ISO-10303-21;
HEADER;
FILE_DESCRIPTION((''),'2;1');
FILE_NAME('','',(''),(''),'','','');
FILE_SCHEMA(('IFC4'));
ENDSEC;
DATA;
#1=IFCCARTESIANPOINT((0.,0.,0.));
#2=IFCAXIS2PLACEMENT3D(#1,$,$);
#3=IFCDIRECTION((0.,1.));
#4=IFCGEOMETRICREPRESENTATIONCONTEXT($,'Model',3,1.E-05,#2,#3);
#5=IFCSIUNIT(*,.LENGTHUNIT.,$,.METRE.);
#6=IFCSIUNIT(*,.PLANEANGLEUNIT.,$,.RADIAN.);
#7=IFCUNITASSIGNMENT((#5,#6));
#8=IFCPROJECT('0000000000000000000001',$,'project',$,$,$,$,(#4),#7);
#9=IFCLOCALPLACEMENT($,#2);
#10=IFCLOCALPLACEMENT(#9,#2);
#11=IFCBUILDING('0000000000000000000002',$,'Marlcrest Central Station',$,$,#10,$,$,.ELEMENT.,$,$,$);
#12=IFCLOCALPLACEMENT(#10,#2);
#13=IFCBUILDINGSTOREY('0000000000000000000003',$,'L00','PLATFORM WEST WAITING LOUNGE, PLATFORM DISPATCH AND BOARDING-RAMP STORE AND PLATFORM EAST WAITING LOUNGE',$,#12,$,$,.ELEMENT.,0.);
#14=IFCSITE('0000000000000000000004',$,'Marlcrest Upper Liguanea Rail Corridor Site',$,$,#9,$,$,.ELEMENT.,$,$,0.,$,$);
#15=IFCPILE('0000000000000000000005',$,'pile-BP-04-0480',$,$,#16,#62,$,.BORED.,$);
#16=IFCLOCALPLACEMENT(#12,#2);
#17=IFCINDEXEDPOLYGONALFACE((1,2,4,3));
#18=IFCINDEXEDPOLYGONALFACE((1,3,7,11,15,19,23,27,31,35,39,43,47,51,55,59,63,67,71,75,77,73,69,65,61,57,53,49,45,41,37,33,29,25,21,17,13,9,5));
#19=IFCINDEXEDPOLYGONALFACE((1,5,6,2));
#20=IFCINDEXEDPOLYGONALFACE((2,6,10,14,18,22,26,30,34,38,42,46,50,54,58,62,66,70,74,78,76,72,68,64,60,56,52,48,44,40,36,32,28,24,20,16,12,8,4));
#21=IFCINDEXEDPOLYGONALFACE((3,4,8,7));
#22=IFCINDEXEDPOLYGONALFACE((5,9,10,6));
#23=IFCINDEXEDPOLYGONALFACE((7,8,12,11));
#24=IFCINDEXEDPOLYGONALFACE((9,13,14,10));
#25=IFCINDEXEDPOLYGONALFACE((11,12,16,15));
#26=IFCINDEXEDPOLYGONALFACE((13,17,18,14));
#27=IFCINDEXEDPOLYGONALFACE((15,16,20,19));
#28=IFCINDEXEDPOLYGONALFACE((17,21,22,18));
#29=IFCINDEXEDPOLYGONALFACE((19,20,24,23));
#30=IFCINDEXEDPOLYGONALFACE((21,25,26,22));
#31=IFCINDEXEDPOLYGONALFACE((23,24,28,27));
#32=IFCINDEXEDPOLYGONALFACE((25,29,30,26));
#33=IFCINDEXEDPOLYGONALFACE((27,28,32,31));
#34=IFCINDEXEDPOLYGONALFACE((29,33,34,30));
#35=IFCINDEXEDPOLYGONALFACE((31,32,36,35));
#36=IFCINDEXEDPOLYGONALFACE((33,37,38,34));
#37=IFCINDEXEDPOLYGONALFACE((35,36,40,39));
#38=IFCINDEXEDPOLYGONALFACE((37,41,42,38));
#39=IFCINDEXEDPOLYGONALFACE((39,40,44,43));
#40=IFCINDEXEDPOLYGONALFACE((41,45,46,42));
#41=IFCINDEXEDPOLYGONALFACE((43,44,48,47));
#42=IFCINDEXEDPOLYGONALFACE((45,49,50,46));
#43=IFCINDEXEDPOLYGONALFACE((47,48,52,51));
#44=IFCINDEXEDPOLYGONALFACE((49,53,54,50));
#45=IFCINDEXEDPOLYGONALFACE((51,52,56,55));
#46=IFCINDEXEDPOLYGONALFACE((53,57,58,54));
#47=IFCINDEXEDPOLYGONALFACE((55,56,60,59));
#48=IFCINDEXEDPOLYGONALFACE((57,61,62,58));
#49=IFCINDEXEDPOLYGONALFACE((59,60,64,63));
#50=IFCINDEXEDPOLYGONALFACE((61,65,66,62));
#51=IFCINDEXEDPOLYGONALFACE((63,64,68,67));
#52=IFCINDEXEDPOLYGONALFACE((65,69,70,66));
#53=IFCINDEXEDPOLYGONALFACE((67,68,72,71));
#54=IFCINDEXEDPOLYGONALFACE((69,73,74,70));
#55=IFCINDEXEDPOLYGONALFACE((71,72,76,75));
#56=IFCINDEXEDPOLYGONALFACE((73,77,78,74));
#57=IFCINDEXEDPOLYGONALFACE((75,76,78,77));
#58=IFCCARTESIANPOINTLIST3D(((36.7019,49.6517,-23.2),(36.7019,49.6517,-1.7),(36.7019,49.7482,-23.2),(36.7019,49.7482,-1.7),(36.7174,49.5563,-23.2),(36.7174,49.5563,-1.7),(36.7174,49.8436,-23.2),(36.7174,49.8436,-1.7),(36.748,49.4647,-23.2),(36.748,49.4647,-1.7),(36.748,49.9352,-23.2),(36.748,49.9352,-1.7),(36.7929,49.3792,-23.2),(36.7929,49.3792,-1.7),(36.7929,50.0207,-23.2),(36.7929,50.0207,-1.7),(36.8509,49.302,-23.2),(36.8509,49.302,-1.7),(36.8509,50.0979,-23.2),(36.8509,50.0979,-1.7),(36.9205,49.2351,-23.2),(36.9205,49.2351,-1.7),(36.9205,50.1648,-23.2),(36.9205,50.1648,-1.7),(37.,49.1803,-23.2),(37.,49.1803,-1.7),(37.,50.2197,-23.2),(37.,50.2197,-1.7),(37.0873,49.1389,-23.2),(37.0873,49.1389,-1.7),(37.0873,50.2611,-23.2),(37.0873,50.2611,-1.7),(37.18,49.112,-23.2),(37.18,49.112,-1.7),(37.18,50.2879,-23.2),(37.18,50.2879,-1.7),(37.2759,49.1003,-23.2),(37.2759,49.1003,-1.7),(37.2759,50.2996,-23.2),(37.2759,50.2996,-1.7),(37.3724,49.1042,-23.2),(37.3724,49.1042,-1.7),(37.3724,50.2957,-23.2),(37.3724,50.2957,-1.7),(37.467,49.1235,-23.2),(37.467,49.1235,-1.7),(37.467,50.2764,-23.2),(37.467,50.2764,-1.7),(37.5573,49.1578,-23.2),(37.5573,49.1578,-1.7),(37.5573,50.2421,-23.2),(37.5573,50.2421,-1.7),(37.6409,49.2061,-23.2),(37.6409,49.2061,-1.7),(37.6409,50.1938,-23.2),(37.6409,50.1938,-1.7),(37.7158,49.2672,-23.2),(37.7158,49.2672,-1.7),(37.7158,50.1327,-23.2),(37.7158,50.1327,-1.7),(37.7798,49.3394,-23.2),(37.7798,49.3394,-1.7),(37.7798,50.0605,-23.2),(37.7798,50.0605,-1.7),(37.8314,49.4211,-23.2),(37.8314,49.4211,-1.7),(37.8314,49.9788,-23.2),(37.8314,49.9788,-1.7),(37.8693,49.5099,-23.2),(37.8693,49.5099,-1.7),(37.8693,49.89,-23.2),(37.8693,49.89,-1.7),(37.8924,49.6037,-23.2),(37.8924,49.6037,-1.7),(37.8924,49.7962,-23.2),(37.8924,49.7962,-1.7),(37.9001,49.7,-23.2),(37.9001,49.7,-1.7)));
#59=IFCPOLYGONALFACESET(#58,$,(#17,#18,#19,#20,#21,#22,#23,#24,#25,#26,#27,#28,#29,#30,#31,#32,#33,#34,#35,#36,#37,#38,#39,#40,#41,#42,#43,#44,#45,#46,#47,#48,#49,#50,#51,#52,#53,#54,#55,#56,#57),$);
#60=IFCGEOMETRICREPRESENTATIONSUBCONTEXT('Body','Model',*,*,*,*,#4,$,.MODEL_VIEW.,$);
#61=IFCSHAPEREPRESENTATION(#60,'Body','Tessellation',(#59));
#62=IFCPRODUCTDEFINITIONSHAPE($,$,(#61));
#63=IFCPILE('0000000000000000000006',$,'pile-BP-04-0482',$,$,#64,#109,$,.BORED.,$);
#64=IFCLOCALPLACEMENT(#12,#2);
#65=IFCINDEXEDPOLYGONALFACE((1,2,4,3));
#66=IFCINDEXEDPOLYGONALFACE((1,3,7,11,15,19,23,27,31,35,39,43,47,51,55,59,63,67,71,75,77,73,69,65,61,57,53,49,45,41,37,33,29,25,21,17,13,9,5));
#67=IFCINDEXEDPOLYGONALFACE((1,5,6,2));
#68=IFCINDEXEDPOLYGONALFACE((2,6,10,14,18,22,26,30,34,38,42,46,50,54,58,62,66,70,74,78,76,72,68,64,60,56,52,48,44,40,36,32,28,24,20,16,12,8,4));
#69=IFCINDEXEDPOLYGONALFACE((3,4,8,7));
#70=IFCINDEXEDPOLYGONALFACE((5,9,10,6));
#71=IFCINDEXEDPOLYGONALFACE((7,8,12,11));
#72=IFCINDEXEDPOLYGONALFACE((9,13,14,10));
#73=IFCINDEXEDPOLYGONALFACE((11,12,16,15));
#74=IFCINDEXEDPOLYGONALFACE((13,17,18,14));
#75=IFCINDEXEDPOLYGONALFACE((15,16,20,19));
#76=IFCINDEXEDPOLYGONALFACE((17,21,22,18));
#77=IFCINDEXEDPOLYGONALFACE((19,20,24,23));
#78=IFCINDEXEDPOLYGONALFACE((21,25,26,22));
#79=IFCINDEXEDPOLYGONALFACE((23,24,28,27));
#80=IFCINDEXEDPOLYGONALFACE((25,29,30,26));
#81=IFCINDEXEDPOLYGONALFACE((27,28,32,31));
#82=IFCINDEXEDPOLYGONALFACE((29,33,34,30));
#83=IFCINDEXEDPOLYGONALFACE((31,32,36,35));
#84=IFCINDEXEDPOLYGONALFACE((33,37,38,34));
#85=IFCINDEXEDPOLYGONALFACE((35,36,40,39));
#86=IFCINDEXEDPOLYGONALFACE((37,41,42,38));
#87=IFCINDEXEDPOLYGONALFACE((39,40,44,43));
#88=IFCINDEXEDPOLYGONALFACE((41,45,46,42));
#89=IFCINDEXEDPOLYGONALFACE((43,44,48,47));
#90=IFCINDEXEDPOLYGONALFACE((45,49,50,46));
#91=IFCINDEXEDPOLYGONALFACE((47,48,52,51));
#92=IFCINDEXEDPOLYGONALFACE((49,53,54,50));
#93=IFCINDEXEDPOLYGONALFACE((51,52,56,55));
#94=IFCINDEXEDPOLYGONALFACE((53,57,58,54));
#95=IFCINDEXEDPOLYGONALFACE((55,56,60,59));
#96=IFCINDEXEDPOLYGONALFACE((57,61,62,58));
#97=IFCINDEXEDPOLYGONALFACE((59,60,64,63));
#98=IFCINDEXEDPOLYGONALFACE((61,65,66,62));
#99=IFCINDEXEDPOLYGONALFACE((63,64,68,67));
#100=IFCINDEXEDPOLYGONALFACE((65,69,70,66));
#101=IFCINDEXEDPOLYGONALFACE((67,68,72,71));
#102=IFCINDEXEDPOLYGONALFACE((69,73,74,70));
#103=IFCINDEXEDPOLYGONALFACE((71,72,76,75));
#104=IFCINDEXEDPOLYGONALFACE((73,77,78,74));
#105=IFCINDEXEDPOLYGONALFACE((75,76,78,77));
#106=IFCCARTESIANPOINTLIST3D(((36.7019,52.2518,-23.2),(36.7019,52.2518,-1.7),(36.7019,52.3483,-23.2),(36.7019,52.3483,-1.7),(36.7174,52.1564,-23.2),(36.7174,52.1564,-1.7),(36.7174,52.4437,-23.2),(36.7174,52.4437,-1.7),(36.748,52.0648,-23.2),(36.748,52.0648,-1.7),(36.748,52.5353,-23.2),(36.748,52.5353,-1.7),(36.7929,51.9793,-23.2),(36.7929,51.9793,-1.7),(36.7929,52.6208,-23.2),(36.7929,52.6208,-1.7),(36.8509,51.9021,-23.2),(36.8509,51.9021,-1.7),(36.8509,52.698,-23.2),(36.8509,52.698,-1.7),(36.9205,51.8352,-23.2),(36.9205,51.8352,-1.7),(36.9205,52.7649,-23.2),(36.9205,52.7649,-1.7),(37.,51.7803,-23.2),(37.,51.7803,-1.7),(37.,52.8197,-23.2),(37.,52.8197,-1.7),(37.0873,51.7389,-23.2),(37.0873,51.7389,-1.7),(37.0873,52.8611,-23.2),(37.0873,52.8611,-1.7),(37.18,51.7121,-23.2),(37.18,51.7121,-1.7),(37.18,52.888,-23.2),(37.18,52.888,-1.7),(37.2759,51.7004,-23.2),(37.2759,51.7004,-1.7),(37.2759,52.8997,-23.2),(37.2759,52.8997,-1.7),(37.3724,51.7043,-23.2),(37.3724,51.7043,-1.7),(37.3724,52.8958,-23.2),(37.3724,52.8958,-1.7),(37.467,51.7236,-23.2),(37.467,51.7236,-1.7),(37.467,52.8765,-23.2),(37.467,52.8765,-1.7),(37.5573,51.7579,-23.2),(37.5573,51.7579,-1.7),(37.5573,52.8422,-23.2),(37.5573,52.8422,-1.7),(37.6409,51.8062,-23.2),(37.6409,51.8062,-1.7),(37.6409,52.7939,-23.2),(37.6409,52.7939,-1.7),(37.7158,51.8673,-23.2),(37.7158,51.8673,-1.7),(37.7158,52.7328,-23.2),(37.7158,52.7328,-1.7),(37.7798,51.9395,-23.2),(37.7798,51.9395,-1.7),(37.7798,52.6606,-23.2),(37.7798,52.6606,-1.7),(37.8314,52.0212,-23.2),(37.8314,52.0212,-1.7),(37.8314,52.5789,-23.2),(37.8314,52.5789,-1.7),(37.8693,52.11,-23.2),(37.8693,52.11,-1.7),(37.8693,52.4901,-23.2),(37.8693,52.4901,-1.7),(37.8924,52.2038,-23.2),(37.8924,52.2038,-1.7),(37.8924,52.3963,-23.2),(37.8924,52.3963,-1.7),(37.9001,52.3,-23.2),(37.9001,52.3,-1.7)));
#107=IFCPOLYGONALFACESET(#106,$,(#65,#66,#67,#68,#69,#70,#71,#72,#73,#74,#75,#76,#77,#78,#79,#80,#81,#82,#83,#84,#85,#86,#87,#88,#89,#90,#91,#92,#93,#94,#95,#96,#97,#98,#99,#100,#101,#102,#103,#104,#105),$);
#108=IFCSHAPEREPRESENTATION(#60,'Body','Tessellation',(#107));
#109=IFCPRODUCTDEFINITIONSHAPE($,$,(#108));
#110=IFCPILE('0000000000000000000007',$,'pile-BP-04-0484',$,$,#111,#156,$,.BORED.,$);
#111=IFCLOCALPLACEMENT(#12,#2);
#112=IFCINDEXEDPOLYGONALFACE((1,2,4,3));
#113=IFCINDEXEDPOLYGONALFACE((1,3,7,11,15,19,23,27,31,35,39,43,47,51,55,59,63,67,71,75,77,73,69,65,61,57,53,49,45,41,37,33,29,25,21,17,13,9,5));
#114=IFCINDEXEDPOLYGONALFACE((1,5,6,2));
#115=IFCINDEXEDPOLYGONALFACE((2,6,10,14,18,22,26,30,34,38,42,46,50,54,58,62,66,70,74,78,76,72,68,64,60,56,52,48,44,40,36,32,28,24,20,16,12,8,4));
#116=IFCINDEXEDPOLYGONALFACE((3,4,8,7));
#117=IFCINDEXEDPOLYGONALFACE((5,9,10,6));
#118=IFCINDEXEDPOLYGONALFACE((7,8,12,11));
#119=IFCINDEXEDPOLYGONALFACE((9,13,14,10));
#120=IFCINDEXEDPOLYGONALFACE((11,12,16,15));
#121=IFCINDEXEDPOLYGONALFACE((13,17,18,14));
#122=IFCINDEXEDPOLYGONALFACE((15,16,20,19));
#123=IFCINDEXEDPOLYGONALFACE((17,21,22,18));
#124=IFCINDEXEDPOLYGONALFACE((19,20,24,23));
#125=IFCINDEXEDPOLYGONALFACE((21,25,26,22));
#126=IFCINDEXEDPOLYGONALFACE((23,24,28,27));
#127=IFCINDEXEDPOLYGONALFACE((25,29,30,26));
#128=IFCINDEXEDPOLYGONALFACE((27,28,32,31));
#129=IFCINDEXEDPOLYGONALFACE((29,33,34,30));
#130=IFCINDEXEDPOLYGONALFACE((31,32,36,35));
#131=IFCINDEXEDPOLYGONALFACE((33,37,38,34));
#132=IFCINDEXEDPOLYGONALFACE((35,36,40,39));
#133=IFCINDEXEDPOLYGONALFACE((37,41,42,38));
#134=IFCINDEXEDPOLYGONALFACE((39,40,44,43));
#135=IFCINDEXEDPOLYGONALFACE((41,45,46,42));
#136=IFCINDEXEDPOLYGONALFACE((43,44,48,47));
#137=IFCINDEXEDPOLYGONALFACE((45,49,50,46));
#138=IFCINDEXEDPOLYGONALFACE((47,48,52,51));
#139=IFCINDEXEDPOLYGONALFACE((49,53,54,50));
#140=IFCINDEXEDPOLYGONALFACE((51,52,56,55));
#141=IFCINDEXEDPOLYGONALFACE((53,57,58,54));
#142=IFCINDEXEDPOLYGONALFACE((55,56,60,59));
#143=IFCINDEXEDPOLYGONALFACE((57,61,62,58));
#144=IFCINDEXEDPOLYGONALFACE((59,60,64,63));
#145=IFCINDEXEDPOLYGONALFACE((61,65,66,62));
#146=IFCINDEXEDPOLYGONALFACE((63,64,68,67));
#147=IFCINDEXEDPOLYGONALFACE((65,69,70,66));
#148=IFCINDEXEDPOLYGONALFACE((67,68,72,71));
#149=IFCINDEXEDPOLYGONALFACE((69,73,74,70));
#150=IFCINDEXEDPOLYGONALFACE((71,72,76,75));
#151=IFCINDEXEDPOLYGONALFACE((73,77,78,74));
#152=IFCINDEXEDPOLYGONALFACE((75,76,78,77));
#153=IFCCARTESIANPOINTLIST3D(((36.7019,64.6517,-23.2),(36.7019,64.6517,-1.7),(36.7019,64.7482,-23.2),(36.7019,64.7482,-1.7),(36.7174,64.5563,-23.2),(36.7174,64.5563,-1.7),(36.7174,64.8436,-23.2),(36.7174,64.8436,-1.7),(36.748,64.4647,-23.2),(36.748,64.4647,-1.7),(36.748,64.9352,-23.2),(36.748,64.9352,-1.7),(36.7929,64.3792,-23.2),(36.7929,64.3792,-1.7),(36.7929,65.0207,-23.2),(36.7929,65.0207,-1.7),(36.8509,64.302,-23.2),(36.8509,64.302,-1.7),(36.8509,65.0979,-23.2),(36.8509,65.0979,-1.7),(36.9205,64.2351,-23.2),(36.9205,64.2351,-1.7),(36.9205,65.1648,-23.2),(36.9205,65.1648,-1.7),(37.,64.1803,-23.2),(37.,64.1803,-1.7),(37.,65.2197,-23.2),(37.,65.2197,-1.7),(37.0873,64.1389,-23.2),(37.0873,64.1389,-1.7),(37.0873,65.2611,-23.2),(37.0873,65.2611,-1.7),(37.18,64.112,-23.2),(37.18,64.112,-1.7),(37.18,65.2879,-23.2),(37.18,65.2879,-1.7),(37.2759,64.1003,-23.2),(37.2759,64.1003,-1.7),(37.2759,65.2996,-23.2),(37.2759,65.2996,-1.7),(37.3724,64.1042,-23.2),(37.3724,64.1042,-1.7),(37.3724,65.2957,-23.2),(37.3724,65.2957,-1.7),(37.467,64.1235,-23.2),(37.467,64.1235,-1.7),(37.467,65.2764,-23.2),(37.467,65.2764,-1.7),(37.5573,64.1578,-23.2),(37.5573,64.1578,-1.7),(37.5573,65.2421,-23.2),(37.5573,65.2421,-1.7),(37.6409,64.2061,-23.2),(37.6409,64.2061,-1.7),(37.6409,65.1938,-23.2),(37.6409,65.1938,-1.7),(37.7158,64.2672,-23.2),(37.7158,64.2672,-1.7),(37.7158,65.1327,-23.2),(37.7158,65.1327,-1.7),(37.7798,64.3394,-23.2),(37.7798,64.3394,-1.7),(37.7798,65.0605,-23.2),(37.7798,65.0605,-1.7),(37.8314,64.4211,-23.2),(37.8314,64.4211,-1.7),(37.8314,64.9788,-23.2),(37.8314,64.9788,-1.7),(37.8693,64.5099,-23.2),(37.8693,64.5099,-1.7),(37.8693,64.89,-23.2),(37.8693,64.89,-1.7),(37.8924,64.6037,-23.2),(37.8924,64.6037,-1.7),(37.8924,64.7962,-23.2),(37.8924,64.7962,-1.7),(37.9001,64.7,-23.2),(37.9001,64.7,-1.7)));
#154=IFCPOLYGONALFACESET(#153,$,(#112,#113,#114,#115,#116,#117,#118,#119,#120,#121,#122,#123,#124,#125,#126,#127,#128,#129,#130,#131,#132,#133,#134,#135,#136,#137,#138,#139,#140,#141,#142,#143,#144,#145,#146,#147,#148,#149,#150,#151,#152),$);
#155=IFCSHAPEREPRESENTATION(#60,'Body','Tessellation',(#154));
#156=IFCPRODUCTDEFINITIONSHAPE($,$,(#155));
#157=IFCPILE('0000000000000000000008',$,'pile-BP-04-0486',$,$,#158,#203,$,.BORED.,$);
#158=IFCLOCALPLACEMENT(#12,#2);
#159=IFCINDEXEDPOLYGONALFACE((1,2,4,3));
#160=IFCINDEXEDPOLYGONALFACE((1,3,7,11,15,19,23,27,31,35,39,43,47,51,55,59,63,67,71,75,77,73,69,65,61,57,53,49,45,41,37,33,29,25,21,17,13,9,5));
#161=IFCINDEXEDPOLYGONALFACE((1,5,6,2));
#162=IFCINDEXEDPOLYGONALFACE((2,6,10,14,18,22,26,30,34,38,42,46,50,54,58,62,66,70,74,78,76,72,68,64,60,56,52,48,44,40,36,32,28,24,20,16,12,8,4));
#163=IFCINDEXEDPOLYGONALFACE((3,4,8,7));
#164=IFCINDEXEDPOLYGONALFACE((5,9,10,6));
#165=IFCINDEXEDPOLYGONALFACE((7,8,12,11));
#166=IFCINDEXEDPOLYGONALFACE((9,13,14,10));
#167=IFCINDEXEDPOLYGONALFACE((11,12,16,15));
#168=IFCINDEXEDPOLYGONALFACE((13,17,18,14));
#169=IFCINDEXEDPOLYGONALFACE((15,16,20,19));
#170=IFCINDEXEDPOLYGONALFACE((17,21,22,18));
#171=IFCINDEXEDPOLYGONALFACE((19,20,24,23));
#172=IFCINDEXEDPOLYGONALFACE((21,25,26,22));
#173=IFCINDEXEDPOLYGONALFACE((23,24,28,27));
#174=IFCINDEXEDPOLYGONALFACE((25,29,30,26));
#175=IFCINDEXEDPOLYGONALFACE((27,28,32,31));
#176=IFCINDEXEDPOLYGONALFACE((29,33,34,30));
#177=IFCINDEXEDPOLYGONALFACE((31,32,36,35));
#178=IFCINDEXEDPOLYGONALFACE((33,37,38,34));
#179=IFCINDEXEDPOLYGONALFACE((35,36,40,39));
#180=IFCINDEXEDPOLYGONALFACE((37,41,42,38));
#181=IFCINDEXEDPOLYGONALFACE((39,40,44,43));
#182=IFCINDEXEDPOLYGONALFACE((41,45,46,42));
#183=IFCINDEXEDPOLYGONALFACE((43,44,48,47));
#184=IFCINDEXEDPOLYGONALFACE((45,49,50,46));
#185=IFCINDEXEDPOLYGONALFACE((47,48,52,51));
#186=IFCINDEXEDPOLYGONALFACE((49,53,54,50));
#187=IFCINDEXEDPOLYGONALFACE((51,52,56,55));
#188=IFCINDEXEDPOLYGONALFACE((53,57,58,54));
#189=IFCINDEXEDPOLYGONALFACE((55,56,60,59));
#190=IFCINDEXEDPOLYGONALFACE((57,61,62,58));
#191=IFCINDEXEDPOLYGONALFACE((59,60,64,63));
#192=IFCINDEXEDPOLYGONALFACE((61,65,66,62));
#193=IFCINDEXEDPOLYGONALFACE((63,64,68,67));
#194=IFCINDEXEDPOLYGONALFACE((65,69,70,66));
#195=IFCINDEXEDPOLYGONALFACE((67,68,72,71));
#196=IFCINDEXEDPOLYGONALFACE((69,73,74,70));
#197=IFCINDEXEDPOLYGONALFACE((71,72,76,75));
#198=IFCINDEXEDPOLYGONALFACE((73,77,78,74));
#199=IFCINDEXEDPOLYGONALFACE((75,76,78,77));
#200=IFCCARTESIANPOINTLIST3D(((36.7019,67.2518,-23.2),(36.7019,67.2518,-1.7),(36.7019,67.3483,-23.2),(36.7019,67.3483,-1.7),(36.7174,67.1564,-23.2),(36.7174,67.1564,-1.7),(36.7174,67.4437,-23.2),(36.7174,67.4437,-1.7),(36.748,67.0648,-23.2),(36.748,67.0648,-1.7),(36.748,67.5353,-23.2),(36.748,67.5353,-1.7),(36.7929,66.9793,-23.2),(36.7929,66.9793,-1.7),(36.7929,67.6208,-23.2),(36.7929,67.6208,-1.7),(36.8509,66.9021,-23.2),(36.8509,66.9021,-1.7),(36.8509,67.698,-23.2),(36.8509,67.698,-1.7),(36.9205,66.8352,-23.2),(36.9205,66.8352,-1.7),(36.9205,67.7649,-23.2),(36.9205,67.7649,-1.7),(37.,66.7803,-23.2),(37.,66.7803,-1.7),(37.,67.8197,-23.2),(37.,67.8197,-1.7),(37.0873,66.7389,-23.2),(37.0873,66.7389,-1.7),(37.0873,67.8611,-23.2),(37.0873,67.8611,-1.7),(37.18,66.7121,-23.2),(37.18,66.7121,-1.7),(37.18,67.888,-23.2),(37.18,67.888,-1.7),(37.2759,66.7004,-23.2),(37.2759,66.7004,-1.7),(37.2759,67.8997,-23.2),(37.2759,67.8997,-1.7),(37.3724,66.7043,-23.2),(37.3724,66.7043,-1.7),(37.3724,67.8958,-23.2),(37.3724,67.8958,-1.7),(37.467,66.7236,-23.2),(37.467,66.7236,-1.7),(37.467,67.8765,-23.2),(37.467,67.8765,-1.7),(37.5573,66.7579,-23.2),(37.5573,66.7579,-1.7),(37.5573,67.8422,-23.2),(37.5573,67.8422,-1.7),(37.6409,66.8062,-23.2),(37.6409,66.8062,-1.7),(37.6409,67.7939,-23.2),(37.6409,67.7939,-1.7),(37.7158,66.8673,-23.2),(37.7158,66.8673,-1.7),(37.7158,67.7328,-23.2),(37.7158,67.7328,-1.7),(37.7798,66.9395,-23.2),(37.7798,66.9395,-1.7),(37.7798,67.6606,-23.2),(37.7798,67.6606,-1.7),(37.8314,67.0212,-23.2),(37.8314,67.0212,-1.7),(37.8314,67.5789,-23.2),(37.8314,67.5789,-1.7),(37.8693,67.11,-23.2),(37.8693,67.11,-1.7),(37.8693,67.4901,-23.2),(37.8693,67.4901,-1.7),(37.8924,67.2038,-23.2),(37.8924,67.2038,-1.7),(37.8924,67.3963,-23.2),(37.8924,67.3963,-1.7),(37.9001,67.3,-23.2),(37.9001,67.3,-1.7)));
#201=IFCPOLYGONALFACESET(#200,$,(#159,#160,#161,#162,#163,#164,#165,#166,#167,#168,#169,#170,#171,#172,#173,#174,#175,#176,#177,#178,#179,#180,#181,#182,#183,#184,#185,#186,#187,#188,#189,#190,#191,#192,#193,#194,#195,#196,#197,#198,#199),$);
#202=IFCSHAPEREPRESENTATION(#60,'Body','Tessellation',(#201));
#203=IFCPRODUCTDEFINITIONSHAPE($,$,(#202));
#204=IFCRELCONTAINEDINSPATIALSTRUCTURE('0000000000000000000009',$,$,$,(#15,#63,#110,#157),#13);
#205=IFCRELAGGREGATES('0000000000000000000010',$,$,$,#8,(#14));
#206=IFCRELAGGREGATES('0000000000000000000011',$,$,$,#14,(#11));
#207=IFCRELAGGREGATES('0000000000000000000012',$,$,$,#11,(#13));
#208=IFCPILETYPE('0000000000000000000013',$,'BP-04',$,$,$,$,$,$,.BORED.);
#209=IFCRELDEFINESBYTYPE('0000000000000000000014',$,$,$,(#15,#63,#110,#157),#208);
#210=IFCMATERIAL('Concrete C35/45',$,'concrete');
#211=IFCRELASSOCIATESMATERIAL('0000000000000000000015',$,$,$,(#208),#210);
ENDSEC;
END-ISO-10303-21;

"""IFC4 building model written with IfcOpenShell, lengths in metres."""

from ifc_helpers import new_model, si_unit, direction, frame, origin, origin_2d, place, context, subcontext, project, spatial, circle, extrude, material, material_profile, profile_set, type_object, element, save


model = new_model("IFC4")

# Units and contexts
model_context = context("Model", 3, precision=1e-05, world=origin(), true_north=direction((0.0, 1.0)))
body_context = subcontext(model_context, "Body", "Model", "MODEL_VIEW")
ifc_project = project(units=[si_unit("LENGTHUNIT", "METRE"), si_unit("PLANEANGLEUNIT", "RADIAN")], contexts=[model_context])

# Site, building, storey
site_placement = place(None, origin())
site = spatial("IfcSite", under=ifc_project, at=site_placement, Name="Marlcrest Upper Liguanea Rail Corridor Site", CompositionType="ELEMENT", RefElevation=0.0)
building_placement = place(site_placement, origin())
building = spatial("IfcBuilding", under=site, at=building_placement, Name="Marlcrest Central Station", CompositionType="ELEMENT")
storey_placement = place(building_placement, origin())
storey = spatial("IfcBuildingStorey", under=building, at=storey_placement, Name="L00", Description="PLATFORM WEST WAITING LOUNGE, PLATFORM DISPATCH AND BOARDING-RAMP STORE AND PLATFORM EAST WAITING LOUNGE", CompositionType="ELEMENT", Elevation=0.0)

# Piles
ifc_material_1 = material(Name="Concrete C35/45", Category="concrete")
ifc_material_profile_1 = material_profile(ifc_material_1, circle(Radius=0.6001, at=origin_2d()), Name="PILE D1200")
ifc_profile_set_1 = profile_set([ifc_material_profile_1], Name="Concrete C35/45")
pile_type = type_object("IfcPileType", Name="BP-04", PredefinedType="BORED", material=ifc_profile_set_1)
for number, where, z_axis, x_axis, name in (
    (1, (37.3, 49.7, -1.7), (0.0, 0.0, -1.0), (1.0, 0.0, 0.0), "pile-BP-04-0480"),
    (2, (37.3, 52.3, -1.7), (0.0, 0.0, -1.0), (1.0, 0.0, 0.0), "pile-BP-04-0482"),
    (3, (37.3, 64.7, -1.7), (0.0, 0.0, -1.0), (1.0, 0.0, 0.0), "pile-BP-04-0484"),
    (4, (37.3, 67.3, -1.7), (0.0, 0.0, -1.0), (1.0, 0.0, 0.0), "pile-BP-04-0486"),
):
    element("IfcPile", number, at=place(storey_placement, frame(where, z_axis=z_axis, x_axis=x_axis)), inside=storey, type_object=pile_type, Name=name, PredefinedType="BORED", context=body_context, shape_type="SweptSolid", body=[
        extrude(circle(Radius=0.6001, at=origin_2d()), origin(), (0.0, 0.0, 1.0), 21.5),
    ])

save(model, "model.ifc")
